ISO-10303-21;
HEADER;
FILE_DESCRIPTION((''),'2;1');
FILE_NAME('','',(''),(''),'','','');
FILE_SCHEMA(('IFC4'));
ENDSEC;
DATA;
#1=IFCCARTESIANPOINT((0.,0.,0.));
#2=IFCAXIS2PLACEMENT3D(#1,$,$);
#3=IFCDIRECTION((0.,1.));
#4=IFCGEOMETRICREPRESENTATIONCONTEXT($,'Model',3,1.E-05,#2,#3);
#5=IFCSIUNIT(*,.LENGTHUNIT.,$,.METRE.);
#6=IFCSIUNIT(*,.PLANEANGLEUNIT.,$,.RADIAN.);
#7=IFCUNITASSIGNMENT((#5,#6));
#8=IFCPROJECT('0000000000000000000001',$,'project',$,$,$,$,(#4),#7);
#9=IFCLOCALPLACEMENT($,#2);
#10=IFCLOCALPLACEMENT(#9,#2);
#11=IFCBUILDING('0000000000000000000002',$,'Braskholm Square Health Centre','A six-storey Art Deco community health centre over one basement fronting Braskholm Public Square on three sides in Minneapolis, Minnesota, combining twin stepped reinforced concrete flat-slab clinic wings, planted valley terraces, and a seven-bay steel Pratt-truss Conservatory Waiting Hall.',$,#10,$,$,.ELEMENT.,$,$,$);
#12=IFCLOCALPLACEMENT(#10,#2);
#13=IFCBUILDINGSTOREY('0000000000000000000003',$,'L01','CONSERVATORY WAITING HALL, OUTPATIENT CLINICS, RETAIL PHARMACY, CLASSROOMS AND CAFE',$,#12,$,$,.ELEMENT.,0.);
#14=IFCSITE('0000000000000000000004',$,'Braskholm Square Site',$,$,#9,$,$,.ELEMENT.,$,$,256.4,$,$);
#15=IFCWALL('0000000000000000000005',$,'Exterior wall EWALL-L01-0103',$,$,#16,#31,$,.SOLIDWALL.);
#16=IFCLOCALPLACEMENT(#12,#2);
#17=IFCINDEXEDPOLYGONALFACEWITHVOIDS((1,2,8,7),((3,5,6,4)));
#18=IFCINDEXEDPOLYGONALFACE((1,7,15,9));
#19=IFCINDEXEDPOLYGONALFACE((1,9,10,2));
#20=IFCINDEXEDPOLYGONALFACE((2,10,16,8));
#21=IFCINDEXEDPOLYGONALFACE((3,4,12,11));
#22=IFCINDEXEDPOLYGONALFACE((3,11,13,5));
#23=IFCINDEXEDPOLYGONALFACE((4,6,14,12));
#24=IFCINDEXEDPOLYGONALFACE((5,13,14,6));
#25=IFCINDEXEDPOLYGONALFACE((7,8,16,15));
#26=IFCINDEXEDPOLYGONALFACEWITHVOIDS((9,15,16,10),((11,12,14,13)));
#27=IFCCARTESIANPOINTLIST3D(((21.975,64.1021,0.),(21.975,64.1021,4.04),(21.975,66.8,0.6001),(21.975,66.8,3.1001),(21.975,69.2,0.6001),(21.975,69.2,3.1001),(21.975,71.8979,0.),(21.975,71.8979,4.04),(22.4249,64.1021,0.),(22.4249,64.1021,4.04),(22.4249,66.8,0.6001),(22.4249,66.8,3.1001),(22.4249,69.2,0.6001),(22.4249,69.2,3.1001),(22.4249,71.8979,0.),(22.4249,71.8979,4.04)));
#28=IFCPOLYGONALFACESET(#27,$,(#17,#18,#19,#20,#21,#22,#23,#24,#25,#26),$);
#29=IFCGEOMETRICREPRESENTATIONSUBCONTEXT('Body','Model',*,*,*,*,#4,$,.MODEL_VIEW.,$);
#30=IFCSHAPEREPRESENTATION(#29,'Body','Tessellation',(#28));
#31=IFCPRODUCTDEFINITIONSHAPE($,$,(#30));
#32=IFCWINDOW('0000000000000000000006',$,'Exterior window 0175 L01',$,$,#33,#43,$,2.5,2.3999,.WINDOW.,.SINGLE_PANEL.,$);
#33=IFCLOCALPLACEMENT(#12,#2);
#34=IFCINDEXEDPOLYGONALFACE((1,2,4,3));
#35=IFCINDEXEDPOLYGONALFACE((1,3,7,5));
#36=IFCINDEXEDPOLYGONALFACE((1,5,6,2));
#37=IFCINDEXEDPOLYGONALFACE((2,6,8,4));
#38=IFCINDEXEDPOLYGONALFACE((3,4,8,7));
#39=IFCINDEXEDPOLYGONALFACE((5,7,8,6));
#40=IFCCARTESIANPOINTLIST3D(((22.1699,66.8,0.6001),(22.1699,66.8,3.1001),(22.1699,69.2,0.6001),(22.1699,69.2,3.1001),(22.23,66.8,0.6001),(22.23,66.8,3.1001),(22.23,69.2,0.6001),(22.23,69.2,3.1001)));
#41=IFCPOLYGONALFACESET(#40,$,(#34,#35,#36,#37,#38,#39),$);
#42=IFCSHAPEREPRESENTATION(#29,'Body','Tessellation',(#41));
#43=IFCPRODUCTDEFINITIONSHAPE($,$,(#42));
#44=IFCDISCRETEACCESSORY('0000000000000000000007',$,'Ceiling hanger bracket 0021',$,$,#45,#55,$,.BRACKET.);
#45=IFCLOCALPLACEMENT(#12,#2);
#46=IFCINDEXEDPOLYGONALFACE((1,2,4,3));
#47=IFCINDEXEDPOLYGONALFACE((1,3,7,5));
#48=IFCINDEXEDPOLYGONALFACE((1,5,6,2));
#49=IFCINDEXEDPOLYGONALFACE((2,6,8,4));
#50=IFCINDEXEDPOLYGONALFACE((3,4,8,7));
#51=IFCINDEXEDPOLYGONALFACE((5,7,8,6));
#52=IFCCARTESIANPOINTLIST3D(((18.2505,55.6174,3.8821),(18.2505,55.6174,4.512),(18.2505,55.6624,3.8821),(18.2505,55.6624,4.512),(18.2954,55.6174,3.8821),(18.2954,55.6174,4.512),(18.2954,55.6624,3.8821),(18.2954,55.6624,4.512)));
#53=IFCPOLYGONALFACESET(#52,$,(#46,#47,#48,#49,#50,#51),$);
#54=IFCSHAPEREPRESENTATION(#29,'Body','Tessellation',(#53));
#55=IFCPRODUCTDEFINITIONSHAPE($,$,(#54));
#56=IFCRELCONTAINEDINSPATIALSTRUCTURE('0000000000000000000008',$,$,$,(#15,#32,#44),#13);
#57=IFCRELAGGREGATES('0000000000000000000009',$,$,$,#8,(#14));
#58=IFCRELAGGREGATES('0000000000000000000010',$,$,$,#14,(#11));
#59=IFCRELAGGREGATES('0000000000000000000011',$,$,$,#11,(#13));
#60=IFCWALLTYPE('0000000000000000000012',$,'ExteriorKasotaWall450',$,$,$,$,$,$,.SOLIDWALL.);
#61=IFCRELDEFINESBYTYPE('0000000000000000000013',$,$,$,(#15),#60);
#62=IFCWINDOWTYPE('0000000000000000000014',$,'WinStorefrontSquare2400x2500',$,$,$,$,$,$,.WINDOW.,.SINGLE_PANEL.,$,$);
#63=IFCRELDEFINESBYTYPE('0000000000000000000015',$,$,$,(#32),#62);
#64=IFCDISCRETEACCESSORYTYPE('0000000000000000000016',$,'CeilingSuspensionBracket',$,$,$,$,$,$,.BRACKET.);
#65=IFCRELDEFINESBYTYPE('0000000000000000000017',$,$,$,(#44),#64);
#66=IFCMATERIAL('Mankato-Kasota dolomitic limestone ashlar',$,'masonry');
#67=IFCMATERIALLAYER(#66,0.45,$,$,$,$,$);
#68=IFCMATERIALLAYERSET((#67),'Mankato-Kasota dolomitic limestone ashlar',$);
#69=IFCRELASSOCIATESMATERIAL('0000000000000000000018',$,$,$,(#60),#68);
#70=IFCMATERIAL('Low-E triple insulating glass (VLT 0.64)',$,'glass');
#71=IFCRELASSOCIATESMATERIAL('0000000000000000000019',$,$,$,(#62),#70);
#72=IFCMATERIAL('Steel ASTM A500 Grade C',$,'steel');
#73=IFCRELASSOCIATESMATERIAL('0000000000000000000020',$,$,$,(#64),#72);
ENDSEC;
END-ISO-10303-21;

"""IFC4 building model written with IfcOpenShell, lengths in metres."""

from ifc_helpers import new_model, si_unit, direction, frame, frame_2d, origin, origin_with_axes, origin_2d, place, context, subcontext, project, spatial, rectangle, extrude, material, layer, layer_set, type_object, element, fill, save


model = new_model("IFC4")

# Units and contexts
model_context = context("Model", 3, precision=1e-05, world=origin(), true_north=direction((0.0, 1.0)))
body_context = subcontext(model_context, "Body", "Model", "MODEL_VIEW")
ifc_project = project(units=[si_unit("LENGTHUNIT", "METRE"), si_unit("PLANEANGLEUNIT", "RADIAN")], contexts=[model_context])

# Site, building, storey
site_placement = place(None, origin())
site = spatial("IfcSite", under=ifc_project, at=site_placement, Name="Braskholm Square Site", CompositionType="ELEMENT", RefElevation=256.4)
building_placement = place(site_placement, origin())
building = spatial("IfcBuilding", under=site, at=building_placement, Name="Braskholm Square Health Centre", Description="A six-storey Art Deco community health centre over one basement fronting Braskholm Public Square on three sides in Minneapolis, Minnesota, combining twin stepped reinforced concrete flat-slab clinic wings, planted valley terraces, and a seven-bay steel Pratt-truss Conservatory Waiting Hall.", CompositionType="ELEMENT")
storey_placement = place(building_placement, origin())
storey = spatial("IfcBuildingStorey", under=building, at=storey_placement, Name="L01", Description="CONSERVATORY WAITING HALL, OUTPATIENT CLINICS, RETAIL PHARMACY, CLASSROOMS AND CAFE", CompositionType="ELEMENT", Elevation=0.0)

# Wall, opening, window
ifc_material_1 = material(Name="Mankato-Kasota dolomitic limestone ashlar", Category="masonry")
ifc_layer_1 = layer(ifc_material_1, 0.45)
ifc_layer_set_1 = layer_set([ifc_layer_1], Name="Mankato-Kasota dolomitic limestone ashlar")
wall_type_1 = type_object("IfcWallType", Name="ExteriorKasotaWall450", PredefinedType="SOLIDWALL", material=ifc_layer_set_1)
ifc_material_2 = material(Name="Low-E triple insulating glass (VLT 0.64)", Category="glass")
window_type = type_object("IfcWindowType", Name="WinStorefrontSquare2400x2500", PartitioningType="SINGLE_PANEL", PredefinedType="WINDOW", material=ifc_material_2)
wall_1_placement = place(storey_placement, frame((22.2, 64.1021, 0.0), z_axis=(0.0, 0.0, 1.0), x_axis=(0.0, 1.0, 0.0)))
wall_1 = element("IfcWall", 1, at=wall_1_placement, inside=storey, type_object=wall_type_1, Name="Exterior wall EWALL-L01-0103", PredefinedType="SOLIDWALL", context=body_context, shape_type="SweptSolid", body=[
    extrude(rectangle(XDim=7.7959, YDim=0.45, at=frame_2d((3.8979, 0.0))), origin(), (0.0, 0.0, 1.0), 4.04),
])
opening_1_placement = place(wall_1_placement, frame((2.698, 0.0, 0.6001)))
opening_1 = element("IfcOpeningElement", 2, at=opening_1_placement, cuts=wall_1, PredefinedType="OPENING", context=body_context, shape_type="SweptSolid", body=[
    extrude(rectangle(XDim=2.3999, YDim=2.5, at=frame_2d((1.2, 1.25))), frame((0.0, 0.2349, 0.0), z_axis=(0.0, -1.0, 0.0), x_axis=(1.0, 0.0, 0.0)), (0.0, 0.0, 1.0), 0.47),
])
window_1_placement = place(opening_1_placement, origin_with_axes())
window_1 = element("IfcWindow", 3, at=window_1_placement, inside=storey, type_object=window_type, Name="Exterior window 0175 L01", OverallHeight=2.5, OverallWidth=2.3999, PartitioningType="SINGLE_PANEL", PredefinedType="WINDOW", context=body_context, shape_type="SweptSolid", body=[
    extrude(rectangle(XDim=2.3999, YDim=2.5, at=frame_2d((1.2, 1.25))), frame((0.0, 0.03, 0.0), z_axis=(0.0, -1.0, 0.0), x_axis=(1.0, 0.0, 0.0)), (0.0, 0.0, 1.0), 0.0601),
])
fill(opening_1, window_1)

# Discrete accessory
ifc_material_3 = material(Name="Steel ASTM A500 Grade C", Category="steel")
discrete_accessory_type = type_object("IfcDiscreteAccessoryType", Name="CeilingSuspensionBracket", PredefinedType="BRACKET", material=ifc_material_3)
discrete_accessory_placement = place(storey_placement, frame((18.2729, 55.6399, 3.8821), z_axis=(0.0, 0.0, 1.0), x_axis=(1.0, 0.0, 0.0)))
element("IfcDiscreteAccessory", 4, at=discrete_accessory_placement, inside=storey, type_object=discrete_accessory_type, Name="Ceiling hanger bracket 0021", PredefinedType="BRACKET", context=body_context, shape_type="SweptSolid", body=[
    extrude(rectangle(XDim=0.0449, YDim=0.0449, at=origin_2d()), origin(), (0.0, 0.0, 1.0), 0.6299),
])

save(model, "model.ifc")
